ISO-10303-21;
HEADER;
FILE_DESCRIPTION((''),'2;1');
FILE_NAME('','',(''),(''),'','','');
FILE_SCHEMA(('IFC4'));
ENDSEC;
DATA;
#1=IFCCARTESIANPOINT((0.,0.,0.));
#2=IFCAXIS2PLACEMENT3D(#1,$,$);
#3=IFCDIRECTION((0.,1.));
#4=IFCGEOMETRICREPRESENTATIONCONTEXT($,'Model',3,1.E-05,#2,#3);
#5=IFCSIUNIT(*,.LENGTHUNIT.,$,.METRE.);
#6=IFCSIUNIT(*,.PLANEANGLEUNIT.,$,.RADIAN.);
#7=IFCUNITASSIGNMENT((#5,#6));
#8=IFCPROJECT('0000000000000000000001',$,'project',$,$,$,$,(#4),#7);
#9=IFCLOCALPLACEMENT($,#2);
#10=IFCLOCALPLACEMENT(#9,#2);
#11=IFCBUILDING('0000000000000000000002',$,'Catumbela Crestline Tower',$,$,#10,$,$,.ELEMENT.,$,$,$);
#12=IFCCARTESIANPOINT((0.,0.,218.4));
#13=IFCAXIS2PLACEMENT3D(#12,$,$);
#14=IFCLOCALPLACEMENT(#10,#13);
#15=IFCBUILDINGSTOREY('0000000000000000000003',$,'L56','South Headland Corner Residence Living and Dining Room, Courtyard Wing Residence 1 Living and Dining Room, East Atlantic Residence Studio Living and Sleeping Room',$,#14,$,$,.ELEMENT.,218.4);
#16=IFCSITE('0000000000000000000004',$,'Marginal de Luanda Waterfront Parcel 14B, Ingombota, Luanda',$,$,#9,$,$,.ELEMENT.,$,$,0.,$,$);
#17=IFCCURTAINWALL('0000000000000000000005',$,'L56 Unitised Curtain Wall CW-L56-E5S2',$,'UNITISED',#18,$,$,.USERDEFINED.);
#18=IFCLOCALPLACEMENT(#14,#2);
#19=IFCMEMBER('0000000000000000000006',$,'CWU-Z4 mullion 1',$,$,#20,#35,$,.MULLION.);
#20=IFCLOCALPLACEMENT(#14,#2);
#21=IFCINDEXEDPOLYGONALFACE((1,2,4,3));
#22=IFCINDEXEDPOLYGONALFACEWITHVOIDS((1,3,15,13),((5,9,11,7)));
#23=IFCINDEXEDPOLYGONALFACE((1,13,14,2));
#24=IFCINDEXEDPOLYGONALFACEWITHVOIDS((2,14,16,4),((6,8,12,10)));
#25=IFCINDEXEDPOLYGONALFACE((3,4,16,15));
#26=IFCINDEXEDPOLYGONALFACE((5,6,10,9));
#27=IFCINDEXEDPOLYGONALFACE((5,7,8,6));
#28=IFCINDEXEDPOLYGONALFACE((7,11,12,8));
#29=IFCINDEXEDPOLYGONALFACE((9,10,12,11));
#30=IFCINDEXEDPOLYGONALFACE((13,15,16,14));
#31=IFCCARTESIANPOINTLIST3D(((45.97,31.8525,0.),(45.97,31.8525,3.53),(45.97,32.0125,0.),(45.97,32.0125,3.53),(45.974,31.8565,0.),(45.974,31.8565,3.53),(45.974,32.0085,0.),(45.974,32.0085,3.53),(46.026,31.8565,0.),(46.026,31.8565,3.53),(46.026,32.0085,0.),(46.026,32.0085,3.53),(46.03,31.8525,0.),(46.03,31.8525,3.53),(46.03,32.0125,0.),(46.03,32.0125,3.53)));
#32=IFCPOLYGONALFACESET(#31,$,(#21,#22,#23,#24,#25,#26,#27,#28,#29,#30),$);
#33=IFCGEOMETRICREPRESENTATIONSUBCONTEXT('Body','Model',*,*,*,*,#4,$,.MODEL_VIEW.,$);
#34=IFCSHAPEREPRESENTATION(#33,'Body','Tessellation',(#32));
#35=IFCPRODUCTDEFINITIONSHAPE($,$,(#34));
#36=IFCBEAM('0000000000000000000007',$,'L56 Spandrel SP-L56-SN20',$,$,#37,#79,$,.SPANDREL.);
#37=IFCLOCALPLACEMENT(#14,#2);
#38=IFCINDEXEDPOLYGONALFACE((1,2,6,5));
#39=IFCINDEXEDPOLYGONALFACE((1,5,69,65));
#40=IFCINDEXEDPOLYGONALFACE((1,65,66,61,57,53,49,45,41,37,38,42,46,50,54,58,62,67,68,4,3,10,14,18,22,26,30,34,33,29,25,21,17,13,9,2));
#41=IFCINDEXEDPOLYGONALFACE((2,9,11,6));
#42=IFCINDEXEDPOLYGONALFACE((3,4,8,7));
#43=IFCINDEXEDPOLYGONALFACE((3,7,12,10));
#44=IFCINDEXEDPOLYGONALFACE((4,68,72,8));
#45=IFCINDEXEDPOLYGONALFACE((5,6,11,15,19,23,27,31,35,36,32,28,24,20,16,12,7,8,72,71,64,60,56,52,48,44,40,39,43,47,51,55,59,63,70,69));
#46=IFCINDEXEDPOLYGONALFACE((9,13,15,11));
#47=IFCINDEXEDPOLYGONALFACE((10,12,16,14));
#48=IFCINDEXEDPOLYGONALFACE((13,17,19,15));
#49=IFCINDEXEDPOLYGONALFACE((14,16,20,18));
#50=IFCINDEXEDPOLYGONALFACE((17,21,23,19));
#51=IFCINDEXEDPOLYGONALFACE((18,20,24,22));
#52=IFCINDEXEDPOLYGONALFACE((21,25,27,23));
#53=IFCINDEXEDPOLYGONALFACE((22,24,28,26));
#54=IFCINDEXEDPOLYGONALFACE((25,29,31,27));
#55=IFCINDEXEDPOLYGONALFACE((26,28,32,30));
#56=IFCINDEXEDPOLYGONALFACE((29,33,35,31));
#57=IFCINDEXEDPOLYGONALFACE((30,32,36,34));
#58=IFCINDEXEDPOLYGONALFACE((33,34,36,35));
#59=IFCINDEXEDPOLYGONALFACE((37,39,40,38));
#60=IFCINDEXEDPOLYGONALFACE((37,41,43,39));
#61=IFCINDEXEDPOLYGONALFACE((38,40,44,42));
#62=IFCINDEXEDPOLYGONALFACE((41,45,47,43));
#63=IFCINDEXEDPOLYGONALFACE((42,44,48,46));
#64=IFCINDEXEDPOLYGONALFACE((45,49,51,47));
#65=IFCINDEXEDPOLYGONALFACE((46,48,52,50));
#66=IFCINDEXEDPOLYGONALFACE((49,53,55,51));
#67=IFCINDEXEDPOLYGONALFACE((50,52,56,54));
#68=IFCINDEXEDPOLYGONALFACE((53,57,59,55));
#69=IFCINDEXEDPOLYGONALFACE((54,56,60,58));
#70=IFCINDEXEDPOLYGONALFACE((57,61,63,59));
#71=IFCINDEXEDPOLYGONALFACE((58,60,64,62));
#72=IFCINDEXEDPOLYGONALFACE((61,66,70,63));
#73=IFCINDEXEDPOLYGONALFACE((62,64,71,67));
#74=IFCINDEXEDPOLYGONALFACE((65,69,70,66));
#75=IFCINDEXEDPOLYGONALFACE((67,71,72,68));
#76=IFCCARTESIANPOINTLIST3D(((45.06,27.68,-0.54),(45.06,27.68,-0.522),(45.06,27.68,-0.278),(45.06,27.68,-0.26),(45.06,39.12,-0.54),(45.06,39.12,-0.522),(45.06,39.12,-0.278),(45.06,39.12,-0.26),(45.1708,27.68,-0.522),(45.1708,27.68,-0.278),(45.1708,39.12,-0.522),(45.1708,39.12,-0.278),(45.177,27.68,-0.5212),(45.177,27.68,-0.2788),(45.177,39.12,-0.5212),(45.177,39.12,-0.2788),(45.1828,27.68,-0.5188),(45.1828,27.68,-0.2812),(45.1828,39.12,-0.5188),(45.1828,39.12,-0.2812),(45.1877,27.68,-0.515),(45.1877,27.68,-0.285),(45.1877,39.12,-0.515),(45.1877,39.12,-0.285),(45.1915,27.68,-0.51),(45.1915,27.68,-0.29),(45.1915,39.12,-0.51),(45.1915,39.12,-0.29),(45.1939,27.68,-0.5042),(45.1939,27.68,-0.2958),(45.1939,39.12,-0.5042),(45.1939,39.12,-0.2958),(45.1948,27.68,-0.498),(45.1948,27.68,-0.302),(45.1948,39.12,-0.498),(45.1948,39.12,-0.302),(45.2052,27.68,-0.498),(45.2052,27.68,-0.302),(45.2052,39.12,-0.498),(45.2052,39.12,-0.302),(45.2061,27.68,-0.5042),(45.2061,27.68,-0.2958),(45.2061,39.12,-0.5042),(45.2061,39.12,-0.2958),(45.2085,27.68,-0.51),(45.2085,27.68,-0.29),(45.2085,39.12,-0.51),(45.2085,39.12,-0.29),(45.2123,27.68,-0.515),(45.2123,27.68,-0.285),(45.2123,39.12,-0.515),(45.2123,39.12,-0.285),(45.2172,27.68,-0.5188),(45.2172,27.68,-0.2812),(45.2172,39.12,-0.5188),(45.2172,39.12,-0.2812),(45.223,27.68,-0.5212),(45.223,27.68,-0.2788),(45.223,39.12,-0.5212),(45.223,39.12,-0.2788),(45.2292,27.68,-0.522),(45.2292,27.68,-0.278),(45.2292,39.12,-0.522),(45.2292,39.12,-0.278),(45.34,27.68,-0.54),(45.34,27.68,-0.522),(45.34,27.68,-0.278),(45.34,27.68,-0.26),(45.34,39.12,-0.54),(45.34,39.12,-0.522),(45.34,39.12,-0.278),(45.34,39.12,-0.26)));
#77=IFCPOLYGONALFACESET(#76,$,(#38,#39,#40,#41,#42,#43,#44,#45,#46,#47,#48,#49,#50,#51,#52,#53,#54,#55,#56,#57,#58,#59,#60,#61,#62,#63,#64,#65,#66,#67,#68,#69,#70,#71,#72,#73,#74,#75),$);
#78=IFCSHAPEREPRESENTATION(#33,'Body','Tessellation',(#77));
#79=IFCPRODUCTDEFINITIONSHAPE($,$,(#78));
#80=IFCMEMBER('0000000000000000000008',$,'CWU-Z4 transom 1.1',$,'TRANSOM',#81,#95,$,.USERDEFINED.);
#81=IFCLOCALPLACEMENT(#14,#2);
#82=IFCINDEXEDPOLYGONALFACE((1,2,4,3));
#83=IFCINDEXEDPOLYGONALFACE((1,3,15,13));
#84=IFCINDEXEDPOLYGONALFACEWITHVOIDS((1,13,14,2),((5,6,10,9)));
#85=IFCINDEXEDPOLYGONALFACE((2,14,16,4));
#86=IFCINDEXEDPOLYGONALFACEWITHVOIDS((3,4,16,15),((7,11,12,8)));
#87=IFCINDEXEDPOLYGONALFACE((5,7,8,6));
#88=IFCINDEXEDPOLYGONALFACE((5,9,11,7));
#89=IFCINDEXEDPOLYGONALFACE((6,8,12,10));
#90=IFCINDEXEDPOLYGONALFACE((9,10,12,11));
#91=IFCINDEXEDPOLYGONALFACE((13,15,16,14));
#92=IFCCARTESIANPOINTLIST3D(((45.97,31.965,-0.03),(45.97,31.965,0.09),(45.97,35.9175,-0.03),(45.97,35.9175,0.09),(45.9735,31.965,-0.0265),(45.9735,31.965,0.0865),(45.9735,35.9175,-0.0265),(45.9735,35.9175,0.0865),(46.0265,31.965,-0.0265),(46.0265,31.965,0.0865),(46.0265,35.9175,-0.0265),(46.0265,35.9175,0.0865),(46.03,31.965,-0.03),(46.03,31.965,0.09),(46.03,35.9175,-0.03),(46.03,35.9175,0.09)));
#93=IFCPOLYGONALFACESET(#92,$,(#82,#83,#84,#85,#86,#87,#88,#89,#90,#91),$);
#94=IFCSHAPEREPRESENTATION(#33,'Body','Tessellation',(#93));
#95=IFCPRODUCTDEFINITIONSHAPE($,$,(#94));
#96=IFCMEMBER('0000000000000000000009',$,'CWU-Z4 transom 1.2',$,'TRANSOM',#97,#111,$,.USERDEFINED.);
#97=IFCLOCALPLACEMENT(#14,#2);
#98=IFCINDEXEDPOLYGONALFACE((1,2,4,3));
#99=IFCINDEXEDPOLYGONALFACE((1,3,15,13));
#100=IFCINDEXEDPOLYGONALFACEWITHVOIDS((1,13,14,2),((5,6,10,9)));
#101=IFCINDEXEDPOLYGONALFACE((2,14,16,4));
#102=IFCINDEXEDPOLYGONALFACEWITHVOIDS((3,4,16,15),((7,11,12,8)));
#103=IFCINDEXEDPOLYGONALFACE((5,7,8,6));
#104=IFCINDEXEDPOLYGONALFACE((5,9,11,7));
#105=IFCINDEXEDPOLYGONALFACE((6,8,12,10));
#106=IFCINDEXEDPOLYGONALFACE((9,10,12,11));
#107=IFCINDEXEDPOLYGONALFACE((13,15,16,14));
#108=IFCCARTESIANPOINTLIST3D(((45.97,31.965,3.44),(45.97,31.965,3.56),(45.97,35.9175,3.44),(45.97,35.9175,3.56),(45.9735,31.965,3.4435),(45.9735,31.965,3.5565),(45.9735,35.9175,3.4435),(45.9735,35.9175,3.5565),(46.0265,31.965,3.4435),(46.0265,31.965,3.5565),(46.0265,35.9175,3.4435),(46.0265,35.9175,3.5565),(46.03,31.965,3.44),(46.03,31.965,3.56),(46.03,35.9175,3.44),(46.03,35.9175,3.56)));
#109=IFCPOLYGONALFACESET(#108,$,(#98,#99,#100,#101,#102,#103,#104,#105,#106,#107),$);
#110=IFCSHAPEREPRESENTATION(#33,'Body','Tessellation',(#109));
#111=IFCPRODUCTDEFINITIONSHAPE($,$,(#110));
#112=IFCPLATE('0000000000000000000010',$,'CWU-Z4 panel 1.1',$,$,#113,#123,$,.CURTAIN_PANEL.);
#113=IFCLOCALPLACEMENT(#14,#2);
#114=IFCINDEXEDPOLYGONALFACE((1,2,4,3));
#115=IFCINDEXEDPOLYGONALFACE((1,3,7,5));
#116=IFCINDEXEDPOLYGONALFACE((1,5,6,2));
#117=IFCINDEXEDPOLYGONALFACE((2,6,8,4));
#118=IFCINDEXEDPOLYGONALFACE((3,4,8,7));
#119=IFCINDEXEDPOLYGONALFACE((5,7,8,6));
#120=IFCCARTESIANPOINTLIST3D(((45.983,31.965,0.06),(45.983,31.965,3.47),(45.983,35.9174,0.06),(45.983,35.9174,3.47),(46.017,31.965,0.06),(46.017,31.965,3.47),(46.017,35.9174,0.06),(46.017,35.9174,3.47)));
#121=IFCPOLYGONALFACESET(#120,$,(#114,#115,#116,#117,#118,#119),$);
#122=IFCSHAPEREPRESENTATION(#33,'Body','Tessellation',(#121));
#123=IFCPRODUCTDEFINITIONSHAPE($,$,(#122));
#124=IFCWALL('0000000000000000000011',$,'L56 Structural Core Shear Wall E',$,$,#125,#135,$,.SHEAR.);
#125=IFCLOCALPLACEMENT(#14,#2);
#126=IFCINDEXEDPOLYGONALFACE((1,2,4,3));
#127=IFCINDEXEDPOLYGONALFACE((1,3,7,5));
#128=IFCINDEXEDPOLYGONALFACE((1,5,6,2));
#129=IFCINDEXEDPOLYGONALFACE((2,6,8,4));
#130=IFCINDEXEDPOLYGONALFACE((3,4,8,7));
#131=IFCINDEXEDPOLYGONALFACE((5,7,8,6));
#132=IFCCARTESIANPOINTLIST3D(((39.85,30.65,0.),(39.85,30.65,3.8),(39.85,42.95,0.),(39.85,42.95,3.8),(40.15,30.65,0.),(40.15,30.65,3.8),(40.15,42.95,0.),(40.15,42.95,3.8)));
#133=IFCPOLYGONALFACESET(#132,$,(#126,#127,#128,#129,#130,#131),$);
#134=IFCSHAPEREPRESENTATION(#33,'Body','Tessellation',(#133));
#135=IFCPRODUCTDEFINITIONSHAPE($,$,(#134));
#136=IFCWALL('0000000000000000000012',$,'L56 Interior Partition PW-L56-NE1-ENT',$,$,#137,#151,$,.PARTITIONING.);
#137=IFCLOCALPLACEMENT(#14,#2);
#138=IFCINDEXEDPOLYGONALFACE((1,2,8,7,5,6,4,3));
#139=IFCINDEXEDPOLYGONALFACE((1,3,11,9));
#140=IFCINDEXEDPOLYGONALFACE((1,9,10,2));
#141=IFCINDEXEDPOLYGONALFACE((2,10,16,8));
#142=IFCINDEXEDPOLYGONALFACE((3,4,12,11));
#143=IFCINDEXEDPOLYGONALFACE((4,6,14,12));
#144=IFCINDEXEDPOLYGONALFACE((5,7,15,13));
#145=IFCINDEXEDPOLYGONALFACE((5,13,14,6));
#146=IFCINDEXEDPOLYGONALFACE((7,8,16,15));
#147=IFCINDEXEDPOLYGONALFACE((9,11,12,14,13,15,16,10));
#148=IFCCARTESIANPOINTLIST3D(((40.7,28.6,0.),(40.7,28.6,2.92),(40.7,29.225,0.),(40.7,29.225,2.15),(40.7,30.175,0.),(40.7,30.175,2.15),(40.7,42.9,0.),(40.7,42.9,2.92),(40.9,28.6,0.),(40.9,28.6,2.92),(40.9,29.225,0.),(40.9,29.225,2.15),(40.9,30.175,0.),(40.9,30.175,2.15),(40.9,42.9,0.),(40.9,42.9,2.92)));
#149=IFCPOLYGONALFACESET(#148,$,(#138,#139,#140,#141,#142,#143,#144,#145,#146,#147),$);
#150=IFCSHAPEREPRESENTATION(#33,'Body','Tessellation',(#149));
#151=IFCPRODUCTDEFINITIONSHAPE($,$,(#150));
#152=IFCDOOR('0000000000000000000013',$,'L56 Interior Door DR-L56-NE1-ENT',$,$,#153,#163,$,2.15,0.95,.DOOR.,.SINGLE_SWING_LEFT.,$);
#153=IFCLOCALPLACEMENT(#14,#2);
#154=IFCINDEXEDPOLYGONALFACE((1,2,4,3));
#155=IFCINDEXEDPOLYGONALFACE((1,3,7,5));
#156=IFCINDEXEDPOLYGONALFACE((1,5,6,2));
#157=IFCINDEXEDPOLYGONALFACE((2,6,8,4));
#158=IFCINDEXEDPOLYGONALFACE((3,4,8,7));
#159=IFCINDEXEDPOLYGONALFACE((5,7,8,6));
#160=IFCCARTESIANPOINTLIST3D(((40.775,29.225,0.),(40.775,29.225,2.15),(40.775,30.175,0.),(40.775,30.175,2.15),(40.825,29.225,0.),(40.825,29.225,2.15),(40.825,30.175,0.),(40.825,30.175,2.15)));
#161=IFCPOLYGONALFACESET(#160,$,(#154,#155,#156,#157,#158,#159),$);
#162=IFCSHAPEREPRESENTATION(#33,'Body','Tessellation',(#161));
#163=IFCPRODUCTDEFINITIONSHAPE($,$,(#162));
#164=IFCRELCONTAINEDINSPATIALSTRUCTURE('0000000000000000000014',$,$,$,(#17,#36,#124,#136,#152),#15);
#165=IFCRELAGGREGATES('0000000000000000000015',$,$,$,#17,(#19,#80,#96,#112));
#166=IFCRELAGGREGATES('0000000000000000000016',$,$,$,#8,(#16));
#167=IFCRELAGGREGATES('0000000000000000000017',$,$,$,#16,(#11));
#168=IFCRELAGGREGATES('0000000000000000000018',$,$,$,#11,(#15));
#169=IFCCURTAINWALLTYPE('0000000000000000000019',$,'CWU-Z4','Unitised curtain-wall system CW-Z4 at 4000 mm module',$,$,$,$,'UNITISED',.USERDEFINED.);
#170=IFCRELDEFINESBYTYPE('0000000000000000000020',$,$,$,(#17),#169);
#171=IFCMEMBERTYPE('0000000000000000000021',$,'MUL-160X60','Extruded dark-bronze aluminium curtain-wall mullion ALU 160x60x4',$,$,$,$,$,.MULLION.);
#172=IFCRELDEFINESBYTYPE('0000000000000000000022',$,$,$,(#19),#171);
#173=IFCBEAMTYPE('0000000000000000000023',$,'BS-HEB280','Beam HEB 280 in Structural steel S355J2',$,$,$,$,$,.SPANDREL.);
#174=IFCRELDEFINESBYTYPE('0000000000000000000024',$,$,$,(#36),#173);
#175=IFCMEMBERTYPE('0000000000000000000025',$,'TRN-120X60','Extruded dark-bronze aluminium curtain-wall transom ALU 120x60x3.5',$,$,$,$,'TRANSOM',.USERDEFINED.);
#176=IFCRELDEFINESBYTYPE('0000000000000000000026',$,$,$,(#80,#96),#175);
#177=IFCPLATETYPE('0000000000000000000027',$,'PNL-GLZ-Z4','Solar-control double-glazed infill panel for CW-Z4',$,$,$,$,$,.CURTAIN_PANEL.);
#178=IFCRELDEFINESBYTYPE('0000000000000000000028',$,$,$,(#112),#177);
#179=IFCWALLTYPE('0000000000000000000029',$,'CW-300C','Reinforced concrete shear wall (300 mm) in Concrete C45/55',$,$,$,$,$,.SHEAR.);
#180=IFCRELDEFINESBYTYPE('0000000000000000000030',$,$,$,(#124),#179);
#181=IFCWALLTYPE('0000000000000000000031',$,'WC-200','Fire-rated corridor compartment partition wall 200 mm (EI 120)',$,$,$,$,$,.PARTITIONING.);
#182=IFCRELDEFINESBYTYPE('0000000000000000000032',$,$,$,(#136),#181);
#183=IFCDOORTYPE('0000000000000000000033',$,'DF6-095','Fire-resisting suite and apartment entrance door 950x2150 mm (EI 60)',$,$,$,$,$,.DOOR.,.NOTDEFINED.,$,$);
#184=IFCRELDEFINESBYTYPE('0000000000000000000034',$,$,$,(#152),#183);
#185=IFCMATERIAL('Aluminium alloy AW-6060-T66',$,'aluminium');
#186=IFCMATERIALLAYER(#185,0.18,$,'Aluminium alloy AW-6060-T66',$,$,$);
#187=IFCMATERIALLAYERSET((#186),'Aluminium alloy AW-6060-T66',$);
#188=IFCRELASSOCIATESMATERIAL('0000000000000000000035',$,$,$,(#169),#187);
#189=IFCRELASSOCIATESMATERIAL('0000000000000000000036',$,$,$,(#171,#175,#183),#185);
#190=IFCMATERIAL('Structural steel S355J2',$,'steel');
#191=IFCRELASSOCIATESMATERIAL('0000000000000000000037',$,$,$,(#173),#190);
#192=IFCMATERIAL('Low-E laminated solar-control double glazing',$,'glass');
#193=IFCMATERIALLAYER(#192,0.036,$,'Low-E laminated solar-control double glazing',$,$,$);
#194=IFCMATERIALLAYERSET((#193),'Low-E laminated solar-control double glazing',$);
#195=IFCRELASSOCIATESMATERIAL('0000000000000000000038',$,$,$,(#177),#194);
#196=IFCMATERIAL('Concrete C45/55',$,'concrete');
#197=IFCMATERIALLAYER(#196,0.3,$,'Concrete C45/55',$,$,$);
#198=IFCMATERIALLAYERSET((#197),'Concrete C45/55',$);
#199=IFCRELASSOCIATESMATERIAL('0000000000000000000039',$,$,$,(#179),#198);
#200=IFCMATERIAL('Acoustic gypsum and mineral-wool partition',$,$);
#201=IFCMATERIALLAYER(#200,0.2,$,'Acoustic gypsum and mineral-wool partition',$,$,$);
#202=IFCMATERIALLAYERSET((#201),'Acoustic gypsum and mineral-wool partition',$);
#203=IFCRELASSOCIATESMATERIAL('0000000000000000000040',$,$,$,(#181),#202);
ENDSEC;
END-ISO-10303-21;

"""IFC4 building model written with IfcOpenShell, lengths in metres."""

from ifc_helpers import new_model, si_unit, direction, frame, frame_2d, origin, origin_2d, place, context, subcontext, project, spatial, rectangle, hollow_rectangle, i_section, extrude, material, layer, layer_set, material_profile, profile_set, type_object, element, fill, aggregate, save


model = new_model("IFC4")

# Units and contexts
model_context = context("Model", 3, precision=1e-05, world=origin(), true_north=direction((0.0, 1.0)))
body_context = subcontext(model_context, "Body", "Model", "MODEL_VIEW")
ifc_project = project(units=[si_unit("LENGTHUNIT", "METRE"), si_unit("PLANEANGLEUNIT", "RADIAN")], contexts=[model_context])

# Site, building, storey
site_placement = place(None, origin())
site = spatial("IfcSite", under=ifc_project, at=site_placement, Name="Marginal de Luanda Waterfront Parcel 14B, Ingombota, Luanda", CompositionType="ELEMENT", RefElevation=0.0)
building_placement = place(site_placement, origin())
building = spatial("IfcBuilding", under=site, at=building_placement, Name="Catumbela Crestline Tower", CompositionType="ELEMENT")
storey_placement = place(building_placement, frame((0.0, 0.0, 218.4)))
storey = spatial("IfcBuildingStorey", under=building, at=storey_placement, Name="L56", Description="South Headland Corner Residence Living and Dining Room, Courtyard Wing Residence 1 Living and Dining Room, East Atlantic Residence Studio Living and Sleeping Room", CompositionType="ELEMENT", Elevation=218.4)

# Shared definitions
ifc_material_1 = material(Name="Structural steel S355J2", Category="steel")

# Curtain wall, member
ifc_material_2 = material(Name="Aluminium alloy AW-6060-T66", Category="aluminium")
ifc_layer_1 = layer(ifc_material_2, 0.18, Name="Aluminium alloy AW-6060-T66")
ifc_layer_set_1 = layer_set([ifc_layer_1], Name="Aluminium alloy AW-6060-T66")
curtain_wall_type = type_object("IfcCurtainWallType", Name="CWU-Z4", Description="Unitised curtain-wall system CW-Z4 at 4000 mm module", ElementType="UNITISED", PredefinedType="USERDEFINED", material=ifc_layer_set_1)
curtain_wall_placement = place(storey_placement, origin())
curtain_wall = element("IfcCurtainWall", 1, at=curtain_wall_placement, inside=storey, type_object=curtain_wall_type, Name="L56 Unitised Curtain Wall CW-L56-E5S2", ObjectType="UNITISED", PredefinedType="USERDEFINED")
ifc_material_profile_1 = material_profile(ifc_material_2, hollow_rectangle(XDim=0.06, YDim=0.16, WallThickness=0.004, at=origin_2d()), Name="ALU 160x60x4")
ifc_profile_set_1 = profile_set([ifc_material_profile_1], Name="Aluminium alloy AW-6060-T66")
member_type_1 = type_object("IfcMemberType", Name="MUL-160X60", Description="Extruded dark-bronze aluminium curtain-wall mullion ALU 160x60x4", PredefinedType="MULLION", material=ifc_profile_set_1)
member_1_placement = place(storey_placement, frame((46.0, 31.9325, 0.0), z_axis=(0.0, 0.0, 1.0), x_axis=(-1.0, 0.0, 0.0)))
member_1 = element("IfcMember", 2, at=member_1_placement, type_object=member_type_1, Name="CWU-Z4 mullion 1", PredefinedType="MULLION", context=body_context, shape_type="SweptSolid", body=[
    extrude(hollow_rectangle(XDim=0.06, YDim=0.16, WallThickness=0.004, at=origin_2d()), origin(), (0.0, 0.0, 1.0), 3.53),
])

# Beam
ifc_material_profile_2 = material_profile(ifc_material_1, i_section(OverallWidth=0.28, OverallDepth=0.28, WebThickness=0.0105, FlangeThickness=0.018, FilletRadius=0.024, at=origin_2d()), Name="HEB 280")
ifc_profile_set_2 = profile_set([ifc_material_profile_2], Name="Structural steel S355J2")
beam_type_1 = type_object("IfcBeamType", Name="BS-HEB280", Description="Beam HEB 280 in Structural steel S355J2", PredefinedType="SPANDREL", material=ifc_profile_set_2)
beam_1_placement = place(storey_placement, frame((45.2, 27.68, -0.4), z_axis=(0.0, 1.0, 0.0), x_axis=(-1.0, 0.0, 0.0)))
element("IfcBeam", 3, at=beam_1_placement, inside=storey, type_object=beam_type_1, Name="L56 Spandrel SP-L56-SN20", PredefinedType="SPANDREL", context=body_context, shape_type="SweptSolid", body=[
    extrude(i_section(OverallWidth=0.28, OverallDepth=0.28, WebThickness=0.0105, FlangeThickness=0.018, FilletRadius=0.024, at=origin_2d()), origin(), (0.0, 0.0, 1.0), 11.44),
])

# Members
ifc_material_profile_3 = material_profile(ifc_material_2, hollow_rectangle(XDim=0.06, YDim=0.12, WallThickness=0.0035, at=origin_2d()), Name="ALU 120x60x3.5")
ifc_profile_set_3 = profile_set([ifc_material_profile_3], Name="Aluminium alloy AW-6060-T66")
member_type_2 = type_object("IfcMemberType", Name="TRN-120X60", Description="Extruded dark-bronze aluminium curtain-wall transom ALU 120x60x3.5", ElementType="TRANSOM", PredefinedType="USERDEFINED", material=ifc_profile_set_3)
member_2_placement = place(storey_placement, frame((46.0, 31.965, 0.03), z_axis=(0.0, 1.0, 0.0), x_axis=(-1.0, 0.0, 0.0)))
member_2 = element("IfcMember", 4, at=member_2_placement, type_object=member_type_2, Name="CWU-Z4 transom 1.1", ObjectType="TRANSOM", PredefinedType="USERDEFINED", context=body_context, shape_type="SweptSolid", body=[
    extrude(hollow_rectangle(XDim=0.06, YDim=0.12, WallThickness=0.0035, at=origin_2d()), origin(), (0.0, 0.0, 1.0), 3.9525),
])
member_3_placement = place(storey_placement, frame((46.0, 31.965, 3.5), z_axis=(0.0, 1.0, 0.0), x_axis=(-1.0, 0.0, 0.0)))
member_3 = element("IfcMember", 5, at=member_3_placement, type_object=member_type_2, Name="CWU-Z4 transom 1.2", ObjectType="TRANSOM", PredefinedType="USERDEFINED", context=body_context, shape_type="SweptSolid", body=[
    extrude(hollow_rectangle(XDim=0.06, YDim=0.12, WallThickness=0.0035, at=origin_2d()), origin(), (0.0, 0.0, 1.0), 3.9525),
])

# Plate
ifc_material_3 = material(Name="Low-E laminated solar-control double glazing", Category="glass")
ifc_layer_2 = layer(ifc_material_3, 0.036, Name="Low-E laminated solar-control double glazing")
ifc_layer_set_2 = layer_set([ifc_layer_2], Name="Low-E laminated solar-control double glazing")
plate_type = type_object("IfcPlateType", Name="PNL-GLZ-Z4", Description="Solar-control double-glazed infill panel for CW-Z4", PredefinedType="CURTAIN_PANEL", material=ifc_layer_set_2)
plate_placement = place(storey_placement, frame((46.0, 33.9412, 0.06), z_axis=(0.0, 0.0, 1.0), x_axis=(0.0, 1.0, 0.0)))
plate = element("IfcPlate", 6, at=plate_placement, type_object=plate_type, Name="CWU-Z4 panel 1.1", PredefinedType="CURTAIN_PANEL", context=body_context, shape_type="SweptSolid", body=[
    extrude(rectangle(XDim=3.9525, YDim=0.034, at=origin_2d()), origin(), (0.0, 0.0, 1.0), 3.41),
])
aggregate(curtain_wall, [member_1, member_2, member_3, plate])

# Wall
ifc_material_4 = material(Name="Concrete C45/55", Category="concrete")
ifc_layer_3 = layer(ifc_material_4, 0.3, Name="Concrete C45/55")
ifc_layer_set_3 = layer_set([ifc_layer_3], Name="Concrete C45/55")
wall_type_1 = type_object("IfcWallType", Name="CW-300C", Description="Reinforced concrete shear wall (300 mm) in Concrete C45/55", PredefinedType="SHEAR", material=ifc_layer_set_3)
wall_1_placement = place(storey_placement, frame((40.0, 30.65, 0.0), z_axis=(0.0, 0.0, 1.0), x_axis=(0.0, 1.0, 0.0)))
element("IfcWall", 7, at=wall_1_placement, inside=storey, type_object=wall_type_1, Name="L56 Structural Core Shear Wall E", PredefinedType="SHEAR", context=body_context, shape_type="SweptSolid", body=[
    extrude(rectangle(XDim=12.3, YDim=0.3, at=frame_2d((6.15, 0.0))), origin(), (0.0, 0.0, 1.0), 3.8),
])

# Wall, opening, door
ifc_material_5 = material(Name="Acoustic gypsum and mineral-wool partition")
ifc_layer_4 = layer(ifc_material_5, 0.2, Name="Acoustic gypsum and mineral-wool partition")
ifc_layer_set_4 = layer_set([ifc_layer_4], Name="Acoustic gypsum and mineral-wool partition")
wall_type_2 = type_object("IfcWallType", Name="WC-200", Description="Fire-rated corridor compartment partition wall 200 mm (EI 120)", PredefinedType="PARTITIONING", material=ifc_layer_set_4)
wall_2_placement = place(storey_placement, frame((40.8, 28.6, 0.0), z_axis=(0.0, 0.0, 1.0), x_axis=(0.0, 1.0, 0.0)))
wall_2 = element("IfcWall", 8, at=wall_2_placement, inside=storey, type_object=wall_type_2, Name="L56 Interior Partition PW-L56-NE1-ENT", PredefinedType="PARTITIONING", context=body_context, shape_type="SweptSolid", body=[
    extrude(rectangle(XDim=14.3, YDim=0.2, at=frame_2d((7.15, 0.0))), origin(), (0.0, 0.0, 1.0), 2.92),
])
opening_1_placement = place(wall_2_placement, frame((0.625, 0.0, 0.0)))
opening_1 = element("IfcOpeningElement", 9, at=opening_1_placement, cuts=wall_2, PredefinedType="OPENING", context=body_context, shape_type="SweptSolid", body=[
    extrude(rectangle(XDim=0.95, YDim=2.15, at=frame_2d((0.475, 1.075))), frame((0.0, 0.11, 0.0), z_axis=(0.0, -1.0, 0.0), x_axis=(1.0, 0.0, 0.0)), (0.0, 0.0, 1.0), 0.22),
])
door_type_1 = type_object("IfcDoorType", Name="DF6-095", Description="Fire-resisting suite and apartment entrance door 950x2150 mm (EI 60)", OperationType="NOTDEFINED", PredefinedType="DOOR", material=ifc_material_2)
door_1_placement = place(opening_1_placement, origin())
door_1 = element("IfcDoor", 10, at=door_1_placement, inside=storey, type_object=door_type_1, Name="L56 Interior Door DR-L56-NE1-ENT", OperationType="SINGLE_SWING_LEFT", OverallHeight=2.15, OverallWidth=0.95, PredefinedType="DOOR", context=body_context, shape_type="SweptSolid", body=[
    extrude(rectangle(XDim=0.95, YDim=2.15, at=frame_2d((0.475, 1.075))), frame((0.0, 0.025, 0.0), z_axis=(0.0, -1.0, 0.0), x_axis=(1.0, 0.0, 0.0)), (0.0, 0.0, 1.0), 0.05),
])
fill(opening_1, door_1)

save(model, "model.ifc")
